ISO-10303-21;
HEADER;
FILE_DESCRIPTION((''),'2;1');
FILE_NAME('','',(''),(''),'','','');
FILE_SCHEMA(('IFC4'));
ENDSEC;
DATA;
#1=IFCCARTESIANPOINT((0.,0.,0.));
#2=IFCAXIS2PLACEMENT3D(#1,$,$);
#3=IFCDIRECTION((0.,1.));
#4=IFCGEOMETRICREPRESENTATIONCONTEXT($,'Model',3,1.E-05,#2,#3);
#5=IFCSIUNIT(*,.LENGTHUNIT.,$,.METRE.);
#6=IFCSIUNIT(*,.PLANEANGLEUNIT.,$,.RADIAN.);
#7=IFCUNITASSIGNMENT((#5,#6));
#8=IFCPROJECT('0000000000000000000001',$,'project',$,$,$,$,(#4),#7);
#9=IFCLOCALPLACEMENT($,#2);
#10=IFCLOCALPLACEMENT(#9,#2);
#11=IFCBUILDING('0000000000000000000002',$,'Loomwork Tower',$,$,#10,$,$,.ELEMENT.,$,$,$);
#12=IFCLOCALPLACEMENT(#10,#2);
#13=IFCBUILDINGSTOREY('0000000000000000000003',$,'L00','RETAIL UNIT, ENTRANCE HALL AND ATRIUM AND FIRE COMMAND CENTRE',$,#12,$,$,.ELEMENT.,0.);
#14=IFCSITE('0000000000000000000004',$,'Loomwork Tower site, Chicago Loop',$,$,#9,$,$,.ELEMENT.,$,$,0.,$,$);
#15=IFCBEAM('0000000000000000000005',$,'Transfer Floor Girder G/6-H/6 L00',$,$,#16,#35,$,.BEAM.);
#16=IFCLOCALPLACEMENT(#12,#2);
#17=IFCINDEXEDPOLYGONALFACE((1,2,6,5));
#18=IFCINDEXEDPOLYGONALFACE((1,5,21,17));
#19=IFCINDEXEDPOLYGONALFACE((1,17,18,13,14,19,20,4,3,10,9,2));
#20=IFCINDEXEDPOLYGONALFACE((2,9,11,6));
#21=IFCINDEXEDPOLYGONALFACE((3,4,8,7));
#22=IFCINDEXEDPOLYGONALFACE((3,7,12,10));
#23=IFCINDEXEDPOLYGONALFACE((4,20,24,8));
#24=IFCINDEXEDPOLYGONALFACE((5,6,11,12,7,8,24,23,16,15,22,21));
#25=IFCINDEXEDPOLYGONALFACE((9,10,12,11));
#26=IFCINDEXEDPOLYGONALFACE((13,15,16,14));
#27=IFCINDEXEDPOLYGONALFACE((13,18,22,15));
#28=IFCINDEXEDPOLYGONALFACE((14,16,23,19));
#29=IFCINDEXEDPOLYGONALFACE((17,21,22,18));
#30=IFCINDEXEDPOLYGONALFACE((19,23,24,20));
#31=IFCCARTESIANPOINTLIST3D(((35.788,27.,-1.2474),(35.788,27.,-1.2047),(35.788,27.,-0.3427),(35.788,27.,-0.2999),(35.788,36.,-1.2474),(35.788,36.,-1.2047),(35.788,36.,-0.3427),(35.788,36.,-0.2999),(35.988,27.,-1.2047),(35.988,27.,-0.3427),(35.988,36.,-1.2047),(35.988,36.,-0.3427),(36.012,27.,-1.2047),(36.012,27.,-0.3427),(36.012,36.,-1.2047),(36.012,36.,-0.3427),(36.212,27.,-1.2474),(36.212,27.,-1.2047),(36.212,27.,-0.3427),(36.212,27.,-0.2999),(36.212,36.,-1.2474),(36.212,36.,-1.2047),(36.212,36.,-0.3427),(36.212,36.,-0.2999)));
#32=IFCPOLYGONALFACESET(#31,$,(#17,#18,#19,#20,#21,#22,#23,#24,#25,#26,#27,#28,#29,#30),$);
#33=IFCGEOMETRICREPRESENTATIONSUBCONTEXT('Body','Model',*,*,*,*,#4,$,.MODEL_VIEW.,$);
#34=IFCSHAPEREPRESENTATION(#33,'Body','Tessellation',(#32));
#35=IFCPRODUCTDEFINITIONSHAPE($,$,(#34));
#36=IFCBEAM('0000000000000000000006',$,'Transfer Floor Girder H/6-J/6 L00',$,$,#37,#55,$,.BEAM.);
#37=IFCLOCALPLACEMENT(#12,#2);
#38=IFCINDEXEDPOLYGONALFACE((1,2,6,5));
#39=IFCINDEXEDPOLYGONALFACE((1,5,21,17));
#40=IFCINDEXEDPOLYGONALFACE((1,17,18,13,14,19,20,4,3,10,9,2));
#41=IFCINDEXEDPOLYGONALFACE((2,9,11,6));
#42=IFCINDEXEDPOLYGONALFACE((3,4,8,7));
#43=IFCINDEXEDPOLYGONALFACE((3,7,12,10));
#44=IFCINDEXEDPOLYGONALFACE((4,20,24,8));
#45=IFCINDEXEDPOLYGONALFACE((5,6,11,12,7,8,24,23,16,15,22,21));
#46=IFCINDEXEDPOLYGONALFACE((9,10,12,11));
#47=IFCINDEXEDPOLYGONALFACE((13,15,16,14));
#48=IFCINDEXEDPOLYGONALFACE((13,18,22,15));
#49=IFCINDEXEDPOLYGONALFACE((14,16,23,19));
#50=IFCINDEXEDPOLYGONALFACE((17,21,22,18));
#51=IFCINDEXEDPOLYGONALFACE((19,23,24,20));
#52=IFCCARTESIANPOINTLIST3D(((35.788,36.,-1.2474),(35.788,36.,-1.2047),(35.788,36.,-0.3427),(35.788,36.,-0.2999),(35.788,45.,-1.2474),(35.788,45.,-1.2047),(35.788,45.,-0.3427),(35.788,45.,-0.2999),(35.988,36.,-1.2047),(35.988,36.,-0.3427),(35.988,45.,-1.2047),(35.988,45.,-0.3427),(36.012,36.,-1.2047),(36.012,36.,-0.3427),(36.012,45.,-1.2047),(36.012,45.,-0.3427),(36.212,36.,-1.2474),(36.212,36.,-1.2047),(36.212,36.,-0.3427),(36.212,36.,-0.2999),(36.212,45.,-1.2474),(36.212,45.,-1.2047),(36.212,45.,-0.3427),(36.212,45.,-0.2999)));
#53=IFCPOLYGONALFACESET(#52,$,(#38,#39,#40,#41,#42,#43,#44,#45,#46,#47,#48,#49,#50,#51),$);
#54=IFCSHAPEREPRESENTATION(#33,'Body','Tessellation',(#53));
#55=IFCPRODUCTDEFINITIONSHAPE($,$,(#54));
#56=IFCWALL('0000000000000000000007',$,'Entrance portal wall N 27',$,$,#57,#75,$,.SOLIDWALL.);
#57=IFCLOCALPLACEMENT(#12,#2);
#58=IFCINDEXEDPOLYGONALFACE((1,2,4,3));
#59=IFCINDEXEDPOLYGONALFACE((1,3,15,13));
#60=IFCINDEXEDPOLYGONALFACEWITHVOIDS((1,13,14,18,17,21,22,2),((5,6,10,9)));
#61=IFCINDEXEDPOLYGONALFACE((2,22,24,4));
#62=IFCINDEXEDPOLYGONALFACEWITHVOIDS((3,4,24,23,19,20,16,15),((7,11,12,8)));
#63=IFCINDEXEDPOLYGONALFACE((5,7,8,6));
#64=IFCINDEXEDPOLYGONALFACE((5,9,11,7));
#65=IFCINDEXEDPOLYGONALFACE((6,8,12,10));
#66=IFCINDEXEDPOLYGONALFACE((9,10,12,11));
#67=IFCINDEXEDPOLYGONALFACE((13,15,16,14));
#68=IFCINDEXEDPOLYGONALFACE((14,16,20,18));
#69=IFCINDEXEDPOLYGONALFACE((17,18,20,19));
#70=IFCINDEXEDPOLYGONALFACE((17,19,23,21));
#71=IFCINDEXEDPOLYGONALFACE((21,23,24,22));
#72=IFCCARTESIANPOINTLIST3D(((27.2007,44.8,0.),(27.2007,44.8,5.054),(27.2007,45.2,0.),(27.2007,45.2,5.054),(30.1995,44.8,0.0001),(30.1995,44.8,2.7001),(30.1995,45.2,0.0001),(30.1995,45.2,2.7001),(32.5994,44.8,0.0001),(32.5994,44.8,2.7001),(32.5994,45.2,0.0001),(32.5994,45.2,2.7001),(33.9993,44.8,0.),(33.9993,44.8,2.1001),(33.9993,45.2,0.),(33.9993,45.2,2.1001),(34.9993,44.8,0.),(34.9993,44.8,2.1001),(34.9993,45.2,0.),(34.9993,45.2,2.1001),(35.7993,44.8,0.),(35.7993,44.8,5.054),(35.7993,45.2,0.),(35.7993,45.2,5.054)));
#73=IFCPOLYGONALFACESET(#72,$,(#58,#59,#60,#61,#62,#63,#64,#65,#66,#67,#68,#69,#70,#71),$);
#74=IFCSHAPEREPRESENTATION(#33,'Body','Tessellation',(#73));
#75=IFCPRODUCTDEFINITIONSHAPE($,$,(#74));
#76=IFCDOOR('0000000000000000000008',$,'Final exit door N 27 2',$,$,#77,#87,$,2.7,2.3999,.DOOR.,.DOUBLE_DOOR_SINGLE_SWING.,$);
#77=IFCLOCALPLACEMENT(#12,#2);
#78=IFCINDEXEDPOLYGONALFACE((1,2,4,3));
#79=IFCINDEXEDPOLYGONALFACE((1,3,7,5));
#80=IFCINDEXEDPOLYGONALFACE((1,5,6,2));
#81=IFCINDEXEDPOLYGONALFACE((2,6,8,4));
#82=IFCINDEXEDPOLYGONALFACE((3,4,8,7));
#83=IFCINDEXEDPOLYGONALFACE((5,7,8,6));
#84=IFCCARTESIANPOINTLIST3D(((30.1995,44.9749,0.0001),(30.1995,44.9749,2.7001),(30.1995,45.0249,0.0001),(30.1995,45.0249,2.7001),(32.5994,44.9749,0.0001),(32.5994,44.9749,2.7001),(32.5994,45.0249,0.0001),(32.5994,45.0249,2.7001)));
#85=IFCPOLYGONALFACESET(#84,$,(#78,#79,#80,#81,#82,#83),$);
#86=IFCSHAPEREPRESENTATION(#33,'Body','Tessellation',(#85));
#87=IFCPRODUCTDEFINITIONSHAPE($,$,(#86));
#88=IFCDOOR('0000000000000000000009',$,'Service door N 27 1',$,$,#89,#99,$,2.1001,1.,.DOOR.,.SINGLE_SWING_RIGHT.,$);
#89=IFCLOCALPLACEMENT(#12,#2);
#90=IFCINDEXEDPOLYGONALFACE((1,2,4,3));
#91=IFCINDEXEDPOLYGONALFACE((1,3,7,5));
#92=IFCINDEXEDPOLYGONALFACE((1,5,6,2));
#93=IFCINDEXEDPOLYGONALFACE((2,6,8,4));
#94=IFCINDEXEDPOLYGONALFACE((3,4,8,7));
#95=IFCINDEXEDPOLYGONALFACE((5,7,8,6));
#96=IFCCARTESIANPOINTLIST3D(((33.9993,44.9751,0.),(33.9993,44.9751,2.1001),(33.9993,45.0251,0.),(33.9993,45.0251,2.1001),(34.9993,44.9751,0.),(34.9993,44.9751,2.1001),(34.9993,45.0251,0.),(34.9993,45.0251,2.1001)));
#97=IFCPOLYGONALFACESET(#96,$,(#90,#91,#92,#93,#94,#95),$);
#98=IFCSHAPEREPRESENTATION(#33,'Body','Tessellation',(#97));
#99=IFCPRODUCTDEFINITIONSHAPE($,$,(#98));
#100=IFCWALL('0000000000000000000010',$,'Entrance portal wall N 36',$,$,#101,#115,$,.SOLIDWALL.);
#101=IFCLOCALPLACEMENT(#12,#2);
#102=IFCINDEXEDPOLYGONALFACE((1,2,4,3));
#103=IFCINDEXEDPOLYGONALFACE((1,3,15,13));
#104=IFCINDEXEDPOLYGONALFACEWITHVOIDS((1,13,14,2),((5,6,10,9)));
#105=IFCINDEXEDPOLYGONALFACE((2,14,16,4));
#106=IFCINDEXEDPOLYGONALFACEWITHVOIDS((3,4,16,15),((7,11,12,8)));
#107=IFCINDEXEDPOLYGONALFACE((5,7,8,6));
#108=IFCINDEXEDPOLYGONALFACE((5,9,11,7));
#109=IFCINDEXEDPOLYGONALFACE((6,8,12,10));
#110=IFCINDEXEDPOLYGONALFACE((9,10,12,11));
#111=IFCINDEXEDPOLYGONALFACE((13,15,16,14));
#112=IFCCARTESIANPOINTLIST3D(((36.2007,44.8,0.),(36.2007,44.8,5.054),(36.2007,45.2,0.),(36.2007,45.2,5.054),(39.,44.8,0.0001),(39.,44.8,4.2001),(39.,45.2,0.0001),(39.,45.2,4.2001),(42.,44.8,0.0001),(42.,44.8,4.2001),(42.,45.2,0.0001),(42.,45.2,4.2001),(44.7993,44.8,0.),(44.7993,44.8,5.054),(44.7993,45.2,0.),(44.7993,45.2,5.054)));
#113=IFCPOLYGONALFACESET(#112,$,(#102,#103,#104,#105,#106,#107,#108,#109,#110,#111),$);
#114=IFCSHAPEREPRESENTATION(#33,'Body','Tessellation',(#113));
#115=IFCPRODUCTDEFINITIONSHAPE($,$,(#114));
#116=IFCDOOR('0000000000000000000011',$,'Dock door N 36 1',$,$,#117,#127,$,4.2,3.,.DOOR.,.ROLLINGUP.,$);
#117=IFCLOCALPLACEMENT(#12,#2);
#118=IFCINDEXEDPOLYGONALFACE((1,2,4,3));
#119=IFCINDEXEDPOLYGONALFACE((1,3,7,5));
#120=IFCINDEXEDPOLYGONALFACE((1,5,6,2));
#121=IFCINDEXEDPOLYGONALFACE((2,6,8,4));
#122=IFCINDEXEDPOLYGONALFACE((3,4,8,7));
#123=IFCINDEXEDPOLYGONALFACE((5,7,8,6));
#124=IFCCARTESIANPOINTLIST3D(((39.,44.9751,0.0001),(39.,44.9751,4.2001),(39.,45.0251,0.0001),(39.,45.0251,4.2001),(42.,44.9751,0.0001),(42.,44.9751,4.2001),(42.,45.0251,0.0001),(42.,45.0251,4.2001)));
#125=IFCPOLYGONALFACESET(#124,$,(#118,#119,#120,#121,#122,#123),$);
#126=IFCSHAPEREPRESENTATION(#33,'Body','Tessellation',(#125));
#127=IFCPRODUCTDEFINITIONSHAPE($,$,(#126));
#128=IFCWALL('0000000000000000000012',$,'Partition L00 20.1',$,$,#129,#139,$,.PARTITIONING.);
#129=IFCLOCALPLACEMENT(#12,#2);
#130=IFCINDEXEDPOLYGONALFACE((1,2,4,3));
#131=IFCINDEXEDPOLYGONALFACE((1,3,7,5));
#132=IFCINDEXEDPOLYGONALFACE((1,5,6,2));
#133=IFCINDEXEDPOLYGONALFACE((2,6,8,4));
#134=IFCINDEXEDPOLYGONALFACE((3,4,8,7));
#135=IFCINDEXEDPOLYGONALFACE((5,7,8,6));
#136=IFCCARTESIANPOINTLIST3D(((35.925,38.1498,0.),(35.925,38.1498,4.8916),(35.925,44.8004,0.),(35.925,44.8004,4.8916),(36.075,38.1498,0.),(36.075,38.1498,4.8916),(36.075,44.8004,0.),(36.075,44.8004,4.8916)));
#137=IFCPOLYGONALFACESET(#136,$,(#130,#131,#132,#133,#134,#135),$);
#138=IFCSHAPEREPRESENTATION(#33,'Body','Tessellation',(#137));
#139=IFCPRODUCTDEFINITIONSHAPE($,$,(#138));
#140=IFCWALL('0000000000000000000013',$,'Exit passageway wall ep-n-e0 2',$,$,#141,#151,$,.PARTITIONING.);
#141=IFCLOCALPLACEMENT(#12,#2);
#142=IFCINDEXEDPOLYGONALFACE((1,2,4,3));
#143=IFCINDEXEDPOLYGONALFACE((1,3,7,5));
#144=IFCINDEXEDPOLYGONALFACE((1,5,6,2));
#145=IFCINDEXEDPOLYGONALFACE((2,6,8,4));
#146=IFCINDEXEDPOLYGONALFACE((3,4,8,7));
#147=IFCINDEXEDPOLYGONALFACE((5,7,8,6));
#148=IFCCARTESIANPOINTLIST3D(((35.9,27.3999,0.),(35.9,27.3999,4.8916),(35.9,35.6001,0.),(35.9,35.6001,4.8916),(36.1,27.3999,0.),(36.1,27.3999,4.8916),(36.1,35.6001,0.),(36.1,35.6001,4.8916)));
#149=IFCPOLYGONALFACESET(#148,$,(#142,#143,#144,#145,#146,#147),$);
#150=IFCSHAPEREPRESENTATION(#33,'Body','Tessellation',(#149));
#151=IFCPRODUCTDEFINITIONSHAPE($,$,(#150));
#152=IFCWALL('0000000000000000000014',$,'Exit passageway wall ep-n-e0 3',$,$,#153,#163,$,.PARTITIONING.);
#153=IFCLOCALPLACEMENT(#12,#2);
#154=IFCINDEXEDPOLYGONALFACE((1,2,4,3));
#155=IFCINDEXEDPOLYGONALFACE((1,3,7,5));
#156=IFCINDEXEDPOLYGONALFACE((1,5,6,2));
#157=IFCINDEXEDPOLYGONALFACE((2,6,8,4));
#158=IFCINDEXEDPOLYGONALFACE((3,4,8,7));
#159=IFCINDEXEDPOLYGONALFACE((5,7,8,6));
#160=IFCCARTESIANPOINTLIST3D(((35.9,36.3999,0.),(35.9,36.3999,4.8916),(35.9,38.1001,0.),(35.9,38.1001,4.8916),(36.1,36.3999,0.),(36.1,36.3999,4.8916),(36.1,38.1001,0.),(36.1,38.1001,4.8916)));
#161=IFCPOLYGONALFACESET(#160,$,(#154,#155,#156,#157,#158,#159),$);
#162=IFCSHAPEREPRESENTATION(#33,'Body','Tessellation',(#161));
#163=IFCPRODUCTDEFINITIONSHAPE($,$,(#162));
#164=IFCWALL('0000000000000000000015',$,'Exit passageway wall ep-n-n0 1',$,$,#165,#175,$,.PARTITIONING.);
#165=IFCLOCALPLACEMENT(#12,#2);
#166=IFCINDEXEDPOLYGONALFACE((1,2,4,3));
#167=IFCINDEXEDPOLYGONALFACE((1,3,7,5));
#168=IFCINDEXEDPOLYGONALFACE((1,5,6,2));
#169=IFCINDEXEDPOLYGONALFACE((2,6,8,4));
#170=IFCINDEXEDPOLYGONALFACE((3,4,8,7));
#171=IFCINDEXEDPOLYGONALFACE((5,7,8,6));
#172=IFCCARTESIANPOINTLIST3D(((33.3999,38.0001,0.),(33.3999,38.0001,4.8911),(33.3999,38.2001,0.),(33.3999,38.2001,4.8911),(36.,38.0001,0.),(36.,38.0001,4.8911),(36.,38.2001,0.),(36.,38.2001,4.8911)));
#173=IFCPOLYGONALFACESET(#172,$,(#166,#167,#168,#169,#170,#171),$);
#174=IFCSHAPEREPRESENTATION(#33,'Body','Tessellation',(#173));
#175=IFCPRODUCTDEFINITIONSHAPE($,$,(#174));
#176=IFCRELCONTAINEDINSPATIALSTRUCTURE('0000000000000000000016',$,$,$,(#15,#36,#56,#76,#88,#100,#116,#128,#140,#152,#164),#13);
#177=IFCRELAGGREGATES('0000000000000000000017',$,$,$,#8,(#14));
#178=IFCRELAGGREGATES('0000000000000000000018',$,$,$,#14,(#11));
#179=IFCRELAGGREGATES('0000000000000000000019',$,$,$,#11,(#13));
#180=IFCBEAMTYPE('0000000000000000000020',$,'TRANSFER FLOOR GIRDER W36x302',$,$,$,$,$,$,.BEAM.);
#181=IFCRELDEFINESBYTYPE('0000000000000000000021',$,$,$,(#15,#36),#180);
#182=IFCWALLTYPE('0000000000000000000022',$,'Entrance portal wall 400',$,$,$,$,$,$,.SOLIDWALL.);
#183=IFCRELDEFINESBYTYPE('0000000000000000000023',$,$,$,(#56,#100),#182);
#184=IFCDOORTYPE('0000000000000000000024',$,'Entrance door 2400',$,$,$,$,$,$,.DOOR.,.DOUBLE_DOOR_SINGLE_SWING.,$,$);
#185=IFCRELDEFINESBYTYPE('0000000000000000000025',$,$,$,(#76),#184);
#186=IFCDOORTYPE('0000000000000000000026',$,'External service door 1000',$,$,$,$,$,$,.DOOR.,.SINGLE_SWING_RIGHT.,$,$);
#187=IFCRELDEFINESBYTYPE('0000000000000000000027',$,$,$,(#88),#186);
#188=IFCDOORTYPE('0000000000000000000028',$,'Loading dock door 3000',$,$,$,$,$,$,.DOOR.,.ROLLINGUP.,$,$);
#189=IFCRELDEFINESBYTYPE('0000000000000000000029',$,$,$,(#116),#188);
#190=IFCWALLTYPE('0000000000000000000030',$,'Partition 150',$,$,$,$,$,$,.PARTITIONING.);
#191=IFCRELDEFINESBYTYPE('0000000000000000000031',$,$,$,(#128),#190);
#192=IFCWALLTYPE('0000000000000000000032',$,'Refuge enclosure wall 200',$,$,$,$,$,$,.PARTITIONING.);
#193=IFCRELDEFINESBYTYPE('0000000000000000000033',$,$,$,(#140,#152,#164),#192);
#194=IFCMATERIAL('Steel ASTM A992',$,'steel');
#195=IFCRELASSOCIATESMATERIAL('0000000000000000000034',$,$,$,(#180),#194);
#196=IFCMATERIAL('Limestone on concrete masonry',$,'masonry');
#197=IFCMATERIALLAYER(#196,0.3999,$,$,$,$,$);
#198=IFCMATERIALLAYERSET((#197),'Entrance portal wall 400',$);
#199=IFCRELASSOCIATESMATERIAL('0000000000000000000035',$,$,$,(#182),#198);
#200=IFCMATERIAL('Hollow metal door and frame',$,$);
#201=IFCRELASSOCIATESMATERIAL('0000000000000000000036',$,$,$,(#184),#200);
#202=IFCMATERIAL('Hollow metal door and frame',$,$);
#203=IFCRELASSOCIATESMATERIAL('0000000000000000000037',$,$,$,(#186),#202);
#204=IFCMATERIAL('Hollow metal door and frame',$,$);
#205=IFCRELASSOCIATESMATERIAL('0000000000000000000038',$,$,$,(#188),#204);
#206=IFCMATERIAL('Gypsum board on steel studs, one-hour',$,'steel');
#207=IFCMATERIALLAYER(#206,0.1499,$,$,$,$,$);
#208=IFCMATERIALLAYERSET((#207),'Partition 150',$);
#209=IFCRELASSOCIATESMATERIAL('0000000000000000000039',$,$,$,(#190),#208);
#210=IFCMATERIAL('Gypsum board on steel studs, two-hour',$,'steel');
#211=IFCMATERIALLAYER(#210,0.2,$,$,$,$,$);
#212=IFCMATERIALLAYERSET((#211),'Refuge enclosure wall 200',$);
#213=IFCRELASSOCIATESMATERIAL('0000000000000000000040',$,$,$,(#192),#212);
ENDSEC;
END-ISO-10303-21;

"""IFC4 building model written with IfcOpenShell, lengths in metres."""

from ifc_helpers import new_model, si_unit, direction, frame, frame_2d, origin, origin_2d, place, context, subcontext, project, spatial, rectangle, i_section, extrude, material, layer, layer_set, material_profile, profile_set, type_object, element, fill, save


model = new_model("IFC4")

# Units and contexts
model_context = context("Model", 3, precision=1e-05, world=origin(), true_north=direction((0.0, 1.0)))
body_context = subcontext(model_context, "Body", "Model", "MODEL_VIEW")
ifc_project = project(units=[si_unit("LENGTHUNIT", "METRE"), si_unit("PLANEANGLEUNIT", "RADIAN")], contexts=[model_context])

# Site, building, storey
site_placement = place(None, origin())
site = spatial("IfcSite", under=ifc_project, at=site_placement, Name="Loomwork Tower site, Chicago Loop", CompositionType="ELEMENT", RefElevation=0.0)
building_placement = place(site_placement, origin())
building = spatial("IfcBuilding", under=site, at=building_placement, Name="Loomwork Tower", CompositionType="ELEMENT")
storey_placement = place(building_placement, origin())
storey = spatial("IfcBuildingStorey", under=building, at=storey_placement, Name="L00", Description="RETAIL UNIT, ENTRANCE HALL AND ATRIUM AND FIRE COMMAND CENTRE", CompositionType="ELEMENT", Elevation=0.0)

# Beams
ifc_material_1 = material(Name="Steel ASTM A992", Category="steel")
ifc_material_profile_1 = material_profile(ifc_material_1, i_section(OverallWidth=0.4241, OverallDepth=0.9475, WebThickness=0.0239, FlangeThickness=0.0427, at=origin_2d()), Name="W36x302")
ifc_profile_set_1 = profile_set([ifc_material_profile_1], Name="Steel ASTM A992")
beam_type_1 = type_object("IfcBeamType", Name="TRANSFER FLOOR GIRDER W36x302", PredefinedType="BEAM", material=ifc_profile_set_1)
for number, where, z_axis, x_axis, name in (
    (1, (36.0, 27.0, -0.7737), (0.0, 1.0, 0.0), (-1.0, 0.0, 0.0), "Transfer Floor Girder G/6-H/6 L00"),
    (2, (36.0, 36.0, -0.7737), (0.0, 1.0, 0.0), (-1.0, 0.0, 0.0), "Transfer Floor Girder H/6-J/6 L00"),
):
    element("IfcBeam", number, at=place(storey_placement, frame(where, z_axis=z_axis, x_axis=x_axis)), inside=storey, type_object=beam_type_1, Name=name, PredefinedType="BEAM", context=body_context, shape_type="SweptSolid", body=[
        extrude(i_section(OverallWidth=0.4241, OverallDepth=0.9475, WebThickness=0.0239, FlangeThickness=0.0427, at=origin_2d()), origin(), (0.0, 0.0, 1.0), 9.0),
    ])

# Wall, openings, doors
ifc_material_2 = material(Name="Limestone on concrete masonry", Category="masonry")
ifc_layer_1 = layer(ifc_material_2, 0.3999)
ifc_layer_set_1 = layer_set([ifc_layer_1], Name="Entrance portal wall 400")
wall_type_1 = type_object("IfcWallType", Name="Entrance portal wall 400", PredefinedType="SOLIDWALL", material=ifc_layer_set_1)
wall_1_placement = place(storey_placement, frame((35.7993, 45.0, 0.0), z_axis=(0.0, 0.0, 1.0), x_axis=(-1.0, 0.0, 0.0)))
wall_1 = element("IfcWall", 3, at=wall_1_placement, inside=storey, type_object=wall_type_1, Name="Entrance portal wall N 27", PredefinedType="SOLIDWALL", context=body_context, shape_type="SweptSolid", body=[
    extrude(rectangle(XDim=8.5986, YDim=0.3999, at=frame_2d((4.2993, 0.0))), origin(), (0.0, 0.0, 1.0), 5.054),
])
opening_1_placement = place(wall_1_placement, frame((0.8, 0.0, 0.0)))
opening_1 = element("IfcOpeningElement", 4, at=opening_1_placement, cuts=wall_1, PredefinedType="OPENING", context=body_context, shape_type="SweptSolid", body=[
    extrude(rectangle(XDim=1.0, YDim=2.1001, at=frame_2d((0.5, 1.05))), frame((0.0, 0.21, 0.0), z_axis=(0.0, -1.0, 0.0), x_axis=(1.0, 0.0, 0.0)), (0.0, 0.0, 1.0), 0.4199),
])
opening_2_placement = place(wall_1_placement, frame((3.2, 0.0, 0.0)))
opening_2 = element("IfcOpeningElement", 5, at=opening_2_placement, cuts=wall_1, PredefinedType="OPENING", context=body_context, shape_type="SweptSolid", body=[
    extrude(rectangle(XDim=2.3999, YDim=2.7, at=frame_2d((1.2, 1.3501))), frame((0.0, 0.21, 0.0), z_axis=(0.0, -1.0, 0.0), x_axis=(1.0, 0.0, 0.0)), (0.0, 0.0, 1.0), 0.4199),
])
ifc_material_3 = material(Name="Hollow metal door and frame")
door_type_1 = type_object("IfcDoorType", Name="Entrance door 2400", OperationType="DOUBLE_DOOR_SINGLE_SWING", PredefinedType="DOOR", material=ifc_material_3)
door_1_placement = place(opening_2_placement, frame((2.3999, 0.0, 0.0), z_axis=(0.0, 0.0, 1.0), x_axis=(-1.0, 0.0, 0.0)))
door_1 = element("IfcDoor", 6, at=door_1_placement, inside=storey, type_object=door_type_1, Name="Final exit door N 27 2", OperationType="DOUBLE_DOOR_SINGLE_SWING", OverallHeight=2.7, OverallWidth=2.3999, PredefinedType="DOOR", context=body_context, shape_type="SweptSolid", body=[
    extrude(rectangle(XDim=2.3999, YDim=2.7, at=frame_2d((1.2, 1.3501))), frame((0.0, 0.0249, 0.0), z_axis=(0.0, -1.0, 0.0), x_axis=(1.0, 0.0, 0.0)), (0.0, 0.0, 1.0), 0.05),
])
fill(opening_2, door_1)
ifc_material_4 = material(Name="Hollow metal door and frame")
door_type_2 = type_object("IfcDoorType", Name="External service door 1000", OperationType="SINGLE_SWING_RIGHT", PredefinedType="DOOR", material=ifc_material_4)
door_2_placement = place(opening_1_placement, origin())
door_2 = element("IfcDoor", 7, at=door_2_placement, inside=storey, type_object=door_type_2, Name="Service door N 27 1", OperationType="SINGLE_SWING_RIGHT", OverallHeight=2.1001, OverallWidth=1.0, PredefinedType="DOOR", context=body_context, shape_type="SweptSolid", body=[
    extrude(rectangle(XDim=1.0, YDim=2.1001, at=frame_2d((0.5, 1.05))), frame((0.0, 0.0249, 0.0), z_axis=(0.0, -1.0, 0.0), x_axis=(1.0, 0.0, 0.0)), (0.0, 0.0, 1.0), 0.05),
])
fill(opening_1, door_2)

# Wall, opening, door
wall_2_placement = place(storey_placement, frame((44.7993, 45.0, 0.0), z_axis=(0.0, 0.0, 1.0), x_axis=(-1.0, 0.0, 0.0)))
wall_2 = element("IfcWall", 8, at=wall_2_placement, inside=storey, type_object=wall_type_1, Name="Entrance portal wall N 36", PredefinedType="SOLIDWALL", context=body_context, shape_type="SweptSolid", body=[
    extrude(rectangle(XDim=8.5986, YDim=0.3999, at=frame_2d((4.2993, 0.0))), origin(), (0.0, 0.0, 1.0), 5.054),
])
opening_3_placement = place(wall_2_placement, frame((2.7993, 0.0, 0.0)))
opening_3 = element("IfcOpeningElement", 9, at=opening_3_placement, cuts=wall_2, PredefinedType="OPENING", context=body_context, shape_type="SweptSolid", body=[
    extrude(rectangle(XDim=3.0, YDim=4.2, at=frame_2d((1.5, 2.1001))), frame((0.0, 0.21, 0.0), z_axis=(0.0, -1.0, 0.0), x_axis=(1.0, 0.0, 0.0)), (0.0, 0.0, 1.0), 0.4199),
])
ifc_material_5 = material(Name="Hollow metal door and frame")
door_type_3 = type_object("IfcDoorType", Name="Loading dock door 3000", OperationType="ROLLINGUP", PredefinedType="DOOR", material=ifc_material_5)
door_3_placement = place(opening_3_placement, origin())
door_3 = element("IfcDoor", 10, at=door_3_placement, inside=storey, type_object=door_type_3, Name="Dock door N 36 1", OperationType="ROLLINGUP", OverallHeight=4.2, OverallWidth=3.0, PredefinedType="DOOR", context=body_context, shape_type="SweptSolid", body=[
    extrude(rectangle(XDim=3.0, YDim=4.2, at=frame_2d((1.5, 2.1001))), frame((0.0, 0.0249, 0.0), z_axis=(0.0, -1.0, 0.0), x_axis=(1.0, 0.0, 0.0)), (0.0, 0.0, 1.0), 0.05),
])
fill(opening_3, door_3)

# Walls
ifc_material_6 = material(Name="Gypsum board on steel studs, one-hour", Category="steel")
ifc_layer_2 = layer(ifc_material_6, 0.1499)
ifc_layer_set_2 = layer_set([ifc_layer_2], Name="Partition 150")
wall_type_2 = type_object("IfcWallType", Name="Partition 150", PredefinedType="PARTITIONING", material=ifc_layer_set_2)
wall_3_placement = place(storey_placement, frame((36.0, 38.1499, 0.0), z_axis=(0.0, 0.0, 1.0), x_axis=(0.0, 1.0, 0.0)))
element("IfcWall", 11, at=wall_3_placement, inside=storey, type_object=wall_type_2, Name="Partition L00 20.1", PredefinedType="PARTITIONING", context=body_context, shape_type="SweptSolid", body=[
    extrude(rectangle(XDim=6.6506, YDim=0.1499, at=frame_2d((3.3252, 0.0))), origin(), (0.0, 0.0, 1.0), 4.8916),
])
ifc_material_7 = material(Name="Gypsum board on steel studs, two-hour", Category="steel")
ifc_layer_3 = layer(ifc_material_7, 0.2)
ifc_layer_set_3 = layer_set([ifc_layer_3], Name="Refuge enclosure wall 200")
wall_type_3 = type_object("IfcWallType", Name="Refuge enclosure wall 200", PredefinedType="PARTITIONING", material=ifc_layer_set_3)
wall_4_placement = place(storey_placement, frame((36.0, 27.3999, 0.0), z_axis=(0.0, 0.0, 1.0), x_axis=(0.0, 1.0, 0.0)))
element("IfcWall", 12, at=wall_4_placement, inside=storey, type_object=wall_type_3, Name="Exit passageway wall ep-n-e0 2", PredefinedType="PARTITIONING", context=body_context, shape_type="SweptSolid", body=[
    extrude(rectangle(XDim=8.2002, YDim=0.2, at=frame_2d((4.1001, 0.0))), origin(), (0.0, 0.0, 1.0), 4.8916),
])
wall_5_placement = place(storey_placement, frame((36.0, 36.3999, 0.0), z_axis=(0.0, 0.0, 1.0), x_axis=(0.0, 1.0, 0.0)))
element("IfcWall", 13, at=wall_5_placement, inside=storey, type_object=wall_type_3, Name="Exit passageway wall ep-n-e0 3", PredefinedType="PARTITIONING", context=body_context, shape_type="SweptSolid", body=[
    extrude(rectangle(XDim=1.7002, YDim=0.2, at=frame_2d((0.8501, 0.0))), origin(), (0.0, 0.0, 1.0), 4.8916),
])
wall_6_placement = place(storey_placement, frame((33.3999, 38.1001, 0.0), z_axis=(0.0, 0.0, 1.0), x_axis=(1.0, 0.0, 0.0)))
element("IfcWall", 14, at=wall_6_placement, inside=storey, type_object=wall_type_3, Name="Exit passageway wall ep-n-n0 1", PredefinedType="PARTITIONING", context=body_context, shape_type="SweptSolid", body=[
    extrude(rectangle(XDim=2.6001, YDim=0.2, at=frame_2d((1.3, 0.0))), origin(), (0.0, 0.0, 1.0), 4.8911),
])

save(model, "model.ifc")
